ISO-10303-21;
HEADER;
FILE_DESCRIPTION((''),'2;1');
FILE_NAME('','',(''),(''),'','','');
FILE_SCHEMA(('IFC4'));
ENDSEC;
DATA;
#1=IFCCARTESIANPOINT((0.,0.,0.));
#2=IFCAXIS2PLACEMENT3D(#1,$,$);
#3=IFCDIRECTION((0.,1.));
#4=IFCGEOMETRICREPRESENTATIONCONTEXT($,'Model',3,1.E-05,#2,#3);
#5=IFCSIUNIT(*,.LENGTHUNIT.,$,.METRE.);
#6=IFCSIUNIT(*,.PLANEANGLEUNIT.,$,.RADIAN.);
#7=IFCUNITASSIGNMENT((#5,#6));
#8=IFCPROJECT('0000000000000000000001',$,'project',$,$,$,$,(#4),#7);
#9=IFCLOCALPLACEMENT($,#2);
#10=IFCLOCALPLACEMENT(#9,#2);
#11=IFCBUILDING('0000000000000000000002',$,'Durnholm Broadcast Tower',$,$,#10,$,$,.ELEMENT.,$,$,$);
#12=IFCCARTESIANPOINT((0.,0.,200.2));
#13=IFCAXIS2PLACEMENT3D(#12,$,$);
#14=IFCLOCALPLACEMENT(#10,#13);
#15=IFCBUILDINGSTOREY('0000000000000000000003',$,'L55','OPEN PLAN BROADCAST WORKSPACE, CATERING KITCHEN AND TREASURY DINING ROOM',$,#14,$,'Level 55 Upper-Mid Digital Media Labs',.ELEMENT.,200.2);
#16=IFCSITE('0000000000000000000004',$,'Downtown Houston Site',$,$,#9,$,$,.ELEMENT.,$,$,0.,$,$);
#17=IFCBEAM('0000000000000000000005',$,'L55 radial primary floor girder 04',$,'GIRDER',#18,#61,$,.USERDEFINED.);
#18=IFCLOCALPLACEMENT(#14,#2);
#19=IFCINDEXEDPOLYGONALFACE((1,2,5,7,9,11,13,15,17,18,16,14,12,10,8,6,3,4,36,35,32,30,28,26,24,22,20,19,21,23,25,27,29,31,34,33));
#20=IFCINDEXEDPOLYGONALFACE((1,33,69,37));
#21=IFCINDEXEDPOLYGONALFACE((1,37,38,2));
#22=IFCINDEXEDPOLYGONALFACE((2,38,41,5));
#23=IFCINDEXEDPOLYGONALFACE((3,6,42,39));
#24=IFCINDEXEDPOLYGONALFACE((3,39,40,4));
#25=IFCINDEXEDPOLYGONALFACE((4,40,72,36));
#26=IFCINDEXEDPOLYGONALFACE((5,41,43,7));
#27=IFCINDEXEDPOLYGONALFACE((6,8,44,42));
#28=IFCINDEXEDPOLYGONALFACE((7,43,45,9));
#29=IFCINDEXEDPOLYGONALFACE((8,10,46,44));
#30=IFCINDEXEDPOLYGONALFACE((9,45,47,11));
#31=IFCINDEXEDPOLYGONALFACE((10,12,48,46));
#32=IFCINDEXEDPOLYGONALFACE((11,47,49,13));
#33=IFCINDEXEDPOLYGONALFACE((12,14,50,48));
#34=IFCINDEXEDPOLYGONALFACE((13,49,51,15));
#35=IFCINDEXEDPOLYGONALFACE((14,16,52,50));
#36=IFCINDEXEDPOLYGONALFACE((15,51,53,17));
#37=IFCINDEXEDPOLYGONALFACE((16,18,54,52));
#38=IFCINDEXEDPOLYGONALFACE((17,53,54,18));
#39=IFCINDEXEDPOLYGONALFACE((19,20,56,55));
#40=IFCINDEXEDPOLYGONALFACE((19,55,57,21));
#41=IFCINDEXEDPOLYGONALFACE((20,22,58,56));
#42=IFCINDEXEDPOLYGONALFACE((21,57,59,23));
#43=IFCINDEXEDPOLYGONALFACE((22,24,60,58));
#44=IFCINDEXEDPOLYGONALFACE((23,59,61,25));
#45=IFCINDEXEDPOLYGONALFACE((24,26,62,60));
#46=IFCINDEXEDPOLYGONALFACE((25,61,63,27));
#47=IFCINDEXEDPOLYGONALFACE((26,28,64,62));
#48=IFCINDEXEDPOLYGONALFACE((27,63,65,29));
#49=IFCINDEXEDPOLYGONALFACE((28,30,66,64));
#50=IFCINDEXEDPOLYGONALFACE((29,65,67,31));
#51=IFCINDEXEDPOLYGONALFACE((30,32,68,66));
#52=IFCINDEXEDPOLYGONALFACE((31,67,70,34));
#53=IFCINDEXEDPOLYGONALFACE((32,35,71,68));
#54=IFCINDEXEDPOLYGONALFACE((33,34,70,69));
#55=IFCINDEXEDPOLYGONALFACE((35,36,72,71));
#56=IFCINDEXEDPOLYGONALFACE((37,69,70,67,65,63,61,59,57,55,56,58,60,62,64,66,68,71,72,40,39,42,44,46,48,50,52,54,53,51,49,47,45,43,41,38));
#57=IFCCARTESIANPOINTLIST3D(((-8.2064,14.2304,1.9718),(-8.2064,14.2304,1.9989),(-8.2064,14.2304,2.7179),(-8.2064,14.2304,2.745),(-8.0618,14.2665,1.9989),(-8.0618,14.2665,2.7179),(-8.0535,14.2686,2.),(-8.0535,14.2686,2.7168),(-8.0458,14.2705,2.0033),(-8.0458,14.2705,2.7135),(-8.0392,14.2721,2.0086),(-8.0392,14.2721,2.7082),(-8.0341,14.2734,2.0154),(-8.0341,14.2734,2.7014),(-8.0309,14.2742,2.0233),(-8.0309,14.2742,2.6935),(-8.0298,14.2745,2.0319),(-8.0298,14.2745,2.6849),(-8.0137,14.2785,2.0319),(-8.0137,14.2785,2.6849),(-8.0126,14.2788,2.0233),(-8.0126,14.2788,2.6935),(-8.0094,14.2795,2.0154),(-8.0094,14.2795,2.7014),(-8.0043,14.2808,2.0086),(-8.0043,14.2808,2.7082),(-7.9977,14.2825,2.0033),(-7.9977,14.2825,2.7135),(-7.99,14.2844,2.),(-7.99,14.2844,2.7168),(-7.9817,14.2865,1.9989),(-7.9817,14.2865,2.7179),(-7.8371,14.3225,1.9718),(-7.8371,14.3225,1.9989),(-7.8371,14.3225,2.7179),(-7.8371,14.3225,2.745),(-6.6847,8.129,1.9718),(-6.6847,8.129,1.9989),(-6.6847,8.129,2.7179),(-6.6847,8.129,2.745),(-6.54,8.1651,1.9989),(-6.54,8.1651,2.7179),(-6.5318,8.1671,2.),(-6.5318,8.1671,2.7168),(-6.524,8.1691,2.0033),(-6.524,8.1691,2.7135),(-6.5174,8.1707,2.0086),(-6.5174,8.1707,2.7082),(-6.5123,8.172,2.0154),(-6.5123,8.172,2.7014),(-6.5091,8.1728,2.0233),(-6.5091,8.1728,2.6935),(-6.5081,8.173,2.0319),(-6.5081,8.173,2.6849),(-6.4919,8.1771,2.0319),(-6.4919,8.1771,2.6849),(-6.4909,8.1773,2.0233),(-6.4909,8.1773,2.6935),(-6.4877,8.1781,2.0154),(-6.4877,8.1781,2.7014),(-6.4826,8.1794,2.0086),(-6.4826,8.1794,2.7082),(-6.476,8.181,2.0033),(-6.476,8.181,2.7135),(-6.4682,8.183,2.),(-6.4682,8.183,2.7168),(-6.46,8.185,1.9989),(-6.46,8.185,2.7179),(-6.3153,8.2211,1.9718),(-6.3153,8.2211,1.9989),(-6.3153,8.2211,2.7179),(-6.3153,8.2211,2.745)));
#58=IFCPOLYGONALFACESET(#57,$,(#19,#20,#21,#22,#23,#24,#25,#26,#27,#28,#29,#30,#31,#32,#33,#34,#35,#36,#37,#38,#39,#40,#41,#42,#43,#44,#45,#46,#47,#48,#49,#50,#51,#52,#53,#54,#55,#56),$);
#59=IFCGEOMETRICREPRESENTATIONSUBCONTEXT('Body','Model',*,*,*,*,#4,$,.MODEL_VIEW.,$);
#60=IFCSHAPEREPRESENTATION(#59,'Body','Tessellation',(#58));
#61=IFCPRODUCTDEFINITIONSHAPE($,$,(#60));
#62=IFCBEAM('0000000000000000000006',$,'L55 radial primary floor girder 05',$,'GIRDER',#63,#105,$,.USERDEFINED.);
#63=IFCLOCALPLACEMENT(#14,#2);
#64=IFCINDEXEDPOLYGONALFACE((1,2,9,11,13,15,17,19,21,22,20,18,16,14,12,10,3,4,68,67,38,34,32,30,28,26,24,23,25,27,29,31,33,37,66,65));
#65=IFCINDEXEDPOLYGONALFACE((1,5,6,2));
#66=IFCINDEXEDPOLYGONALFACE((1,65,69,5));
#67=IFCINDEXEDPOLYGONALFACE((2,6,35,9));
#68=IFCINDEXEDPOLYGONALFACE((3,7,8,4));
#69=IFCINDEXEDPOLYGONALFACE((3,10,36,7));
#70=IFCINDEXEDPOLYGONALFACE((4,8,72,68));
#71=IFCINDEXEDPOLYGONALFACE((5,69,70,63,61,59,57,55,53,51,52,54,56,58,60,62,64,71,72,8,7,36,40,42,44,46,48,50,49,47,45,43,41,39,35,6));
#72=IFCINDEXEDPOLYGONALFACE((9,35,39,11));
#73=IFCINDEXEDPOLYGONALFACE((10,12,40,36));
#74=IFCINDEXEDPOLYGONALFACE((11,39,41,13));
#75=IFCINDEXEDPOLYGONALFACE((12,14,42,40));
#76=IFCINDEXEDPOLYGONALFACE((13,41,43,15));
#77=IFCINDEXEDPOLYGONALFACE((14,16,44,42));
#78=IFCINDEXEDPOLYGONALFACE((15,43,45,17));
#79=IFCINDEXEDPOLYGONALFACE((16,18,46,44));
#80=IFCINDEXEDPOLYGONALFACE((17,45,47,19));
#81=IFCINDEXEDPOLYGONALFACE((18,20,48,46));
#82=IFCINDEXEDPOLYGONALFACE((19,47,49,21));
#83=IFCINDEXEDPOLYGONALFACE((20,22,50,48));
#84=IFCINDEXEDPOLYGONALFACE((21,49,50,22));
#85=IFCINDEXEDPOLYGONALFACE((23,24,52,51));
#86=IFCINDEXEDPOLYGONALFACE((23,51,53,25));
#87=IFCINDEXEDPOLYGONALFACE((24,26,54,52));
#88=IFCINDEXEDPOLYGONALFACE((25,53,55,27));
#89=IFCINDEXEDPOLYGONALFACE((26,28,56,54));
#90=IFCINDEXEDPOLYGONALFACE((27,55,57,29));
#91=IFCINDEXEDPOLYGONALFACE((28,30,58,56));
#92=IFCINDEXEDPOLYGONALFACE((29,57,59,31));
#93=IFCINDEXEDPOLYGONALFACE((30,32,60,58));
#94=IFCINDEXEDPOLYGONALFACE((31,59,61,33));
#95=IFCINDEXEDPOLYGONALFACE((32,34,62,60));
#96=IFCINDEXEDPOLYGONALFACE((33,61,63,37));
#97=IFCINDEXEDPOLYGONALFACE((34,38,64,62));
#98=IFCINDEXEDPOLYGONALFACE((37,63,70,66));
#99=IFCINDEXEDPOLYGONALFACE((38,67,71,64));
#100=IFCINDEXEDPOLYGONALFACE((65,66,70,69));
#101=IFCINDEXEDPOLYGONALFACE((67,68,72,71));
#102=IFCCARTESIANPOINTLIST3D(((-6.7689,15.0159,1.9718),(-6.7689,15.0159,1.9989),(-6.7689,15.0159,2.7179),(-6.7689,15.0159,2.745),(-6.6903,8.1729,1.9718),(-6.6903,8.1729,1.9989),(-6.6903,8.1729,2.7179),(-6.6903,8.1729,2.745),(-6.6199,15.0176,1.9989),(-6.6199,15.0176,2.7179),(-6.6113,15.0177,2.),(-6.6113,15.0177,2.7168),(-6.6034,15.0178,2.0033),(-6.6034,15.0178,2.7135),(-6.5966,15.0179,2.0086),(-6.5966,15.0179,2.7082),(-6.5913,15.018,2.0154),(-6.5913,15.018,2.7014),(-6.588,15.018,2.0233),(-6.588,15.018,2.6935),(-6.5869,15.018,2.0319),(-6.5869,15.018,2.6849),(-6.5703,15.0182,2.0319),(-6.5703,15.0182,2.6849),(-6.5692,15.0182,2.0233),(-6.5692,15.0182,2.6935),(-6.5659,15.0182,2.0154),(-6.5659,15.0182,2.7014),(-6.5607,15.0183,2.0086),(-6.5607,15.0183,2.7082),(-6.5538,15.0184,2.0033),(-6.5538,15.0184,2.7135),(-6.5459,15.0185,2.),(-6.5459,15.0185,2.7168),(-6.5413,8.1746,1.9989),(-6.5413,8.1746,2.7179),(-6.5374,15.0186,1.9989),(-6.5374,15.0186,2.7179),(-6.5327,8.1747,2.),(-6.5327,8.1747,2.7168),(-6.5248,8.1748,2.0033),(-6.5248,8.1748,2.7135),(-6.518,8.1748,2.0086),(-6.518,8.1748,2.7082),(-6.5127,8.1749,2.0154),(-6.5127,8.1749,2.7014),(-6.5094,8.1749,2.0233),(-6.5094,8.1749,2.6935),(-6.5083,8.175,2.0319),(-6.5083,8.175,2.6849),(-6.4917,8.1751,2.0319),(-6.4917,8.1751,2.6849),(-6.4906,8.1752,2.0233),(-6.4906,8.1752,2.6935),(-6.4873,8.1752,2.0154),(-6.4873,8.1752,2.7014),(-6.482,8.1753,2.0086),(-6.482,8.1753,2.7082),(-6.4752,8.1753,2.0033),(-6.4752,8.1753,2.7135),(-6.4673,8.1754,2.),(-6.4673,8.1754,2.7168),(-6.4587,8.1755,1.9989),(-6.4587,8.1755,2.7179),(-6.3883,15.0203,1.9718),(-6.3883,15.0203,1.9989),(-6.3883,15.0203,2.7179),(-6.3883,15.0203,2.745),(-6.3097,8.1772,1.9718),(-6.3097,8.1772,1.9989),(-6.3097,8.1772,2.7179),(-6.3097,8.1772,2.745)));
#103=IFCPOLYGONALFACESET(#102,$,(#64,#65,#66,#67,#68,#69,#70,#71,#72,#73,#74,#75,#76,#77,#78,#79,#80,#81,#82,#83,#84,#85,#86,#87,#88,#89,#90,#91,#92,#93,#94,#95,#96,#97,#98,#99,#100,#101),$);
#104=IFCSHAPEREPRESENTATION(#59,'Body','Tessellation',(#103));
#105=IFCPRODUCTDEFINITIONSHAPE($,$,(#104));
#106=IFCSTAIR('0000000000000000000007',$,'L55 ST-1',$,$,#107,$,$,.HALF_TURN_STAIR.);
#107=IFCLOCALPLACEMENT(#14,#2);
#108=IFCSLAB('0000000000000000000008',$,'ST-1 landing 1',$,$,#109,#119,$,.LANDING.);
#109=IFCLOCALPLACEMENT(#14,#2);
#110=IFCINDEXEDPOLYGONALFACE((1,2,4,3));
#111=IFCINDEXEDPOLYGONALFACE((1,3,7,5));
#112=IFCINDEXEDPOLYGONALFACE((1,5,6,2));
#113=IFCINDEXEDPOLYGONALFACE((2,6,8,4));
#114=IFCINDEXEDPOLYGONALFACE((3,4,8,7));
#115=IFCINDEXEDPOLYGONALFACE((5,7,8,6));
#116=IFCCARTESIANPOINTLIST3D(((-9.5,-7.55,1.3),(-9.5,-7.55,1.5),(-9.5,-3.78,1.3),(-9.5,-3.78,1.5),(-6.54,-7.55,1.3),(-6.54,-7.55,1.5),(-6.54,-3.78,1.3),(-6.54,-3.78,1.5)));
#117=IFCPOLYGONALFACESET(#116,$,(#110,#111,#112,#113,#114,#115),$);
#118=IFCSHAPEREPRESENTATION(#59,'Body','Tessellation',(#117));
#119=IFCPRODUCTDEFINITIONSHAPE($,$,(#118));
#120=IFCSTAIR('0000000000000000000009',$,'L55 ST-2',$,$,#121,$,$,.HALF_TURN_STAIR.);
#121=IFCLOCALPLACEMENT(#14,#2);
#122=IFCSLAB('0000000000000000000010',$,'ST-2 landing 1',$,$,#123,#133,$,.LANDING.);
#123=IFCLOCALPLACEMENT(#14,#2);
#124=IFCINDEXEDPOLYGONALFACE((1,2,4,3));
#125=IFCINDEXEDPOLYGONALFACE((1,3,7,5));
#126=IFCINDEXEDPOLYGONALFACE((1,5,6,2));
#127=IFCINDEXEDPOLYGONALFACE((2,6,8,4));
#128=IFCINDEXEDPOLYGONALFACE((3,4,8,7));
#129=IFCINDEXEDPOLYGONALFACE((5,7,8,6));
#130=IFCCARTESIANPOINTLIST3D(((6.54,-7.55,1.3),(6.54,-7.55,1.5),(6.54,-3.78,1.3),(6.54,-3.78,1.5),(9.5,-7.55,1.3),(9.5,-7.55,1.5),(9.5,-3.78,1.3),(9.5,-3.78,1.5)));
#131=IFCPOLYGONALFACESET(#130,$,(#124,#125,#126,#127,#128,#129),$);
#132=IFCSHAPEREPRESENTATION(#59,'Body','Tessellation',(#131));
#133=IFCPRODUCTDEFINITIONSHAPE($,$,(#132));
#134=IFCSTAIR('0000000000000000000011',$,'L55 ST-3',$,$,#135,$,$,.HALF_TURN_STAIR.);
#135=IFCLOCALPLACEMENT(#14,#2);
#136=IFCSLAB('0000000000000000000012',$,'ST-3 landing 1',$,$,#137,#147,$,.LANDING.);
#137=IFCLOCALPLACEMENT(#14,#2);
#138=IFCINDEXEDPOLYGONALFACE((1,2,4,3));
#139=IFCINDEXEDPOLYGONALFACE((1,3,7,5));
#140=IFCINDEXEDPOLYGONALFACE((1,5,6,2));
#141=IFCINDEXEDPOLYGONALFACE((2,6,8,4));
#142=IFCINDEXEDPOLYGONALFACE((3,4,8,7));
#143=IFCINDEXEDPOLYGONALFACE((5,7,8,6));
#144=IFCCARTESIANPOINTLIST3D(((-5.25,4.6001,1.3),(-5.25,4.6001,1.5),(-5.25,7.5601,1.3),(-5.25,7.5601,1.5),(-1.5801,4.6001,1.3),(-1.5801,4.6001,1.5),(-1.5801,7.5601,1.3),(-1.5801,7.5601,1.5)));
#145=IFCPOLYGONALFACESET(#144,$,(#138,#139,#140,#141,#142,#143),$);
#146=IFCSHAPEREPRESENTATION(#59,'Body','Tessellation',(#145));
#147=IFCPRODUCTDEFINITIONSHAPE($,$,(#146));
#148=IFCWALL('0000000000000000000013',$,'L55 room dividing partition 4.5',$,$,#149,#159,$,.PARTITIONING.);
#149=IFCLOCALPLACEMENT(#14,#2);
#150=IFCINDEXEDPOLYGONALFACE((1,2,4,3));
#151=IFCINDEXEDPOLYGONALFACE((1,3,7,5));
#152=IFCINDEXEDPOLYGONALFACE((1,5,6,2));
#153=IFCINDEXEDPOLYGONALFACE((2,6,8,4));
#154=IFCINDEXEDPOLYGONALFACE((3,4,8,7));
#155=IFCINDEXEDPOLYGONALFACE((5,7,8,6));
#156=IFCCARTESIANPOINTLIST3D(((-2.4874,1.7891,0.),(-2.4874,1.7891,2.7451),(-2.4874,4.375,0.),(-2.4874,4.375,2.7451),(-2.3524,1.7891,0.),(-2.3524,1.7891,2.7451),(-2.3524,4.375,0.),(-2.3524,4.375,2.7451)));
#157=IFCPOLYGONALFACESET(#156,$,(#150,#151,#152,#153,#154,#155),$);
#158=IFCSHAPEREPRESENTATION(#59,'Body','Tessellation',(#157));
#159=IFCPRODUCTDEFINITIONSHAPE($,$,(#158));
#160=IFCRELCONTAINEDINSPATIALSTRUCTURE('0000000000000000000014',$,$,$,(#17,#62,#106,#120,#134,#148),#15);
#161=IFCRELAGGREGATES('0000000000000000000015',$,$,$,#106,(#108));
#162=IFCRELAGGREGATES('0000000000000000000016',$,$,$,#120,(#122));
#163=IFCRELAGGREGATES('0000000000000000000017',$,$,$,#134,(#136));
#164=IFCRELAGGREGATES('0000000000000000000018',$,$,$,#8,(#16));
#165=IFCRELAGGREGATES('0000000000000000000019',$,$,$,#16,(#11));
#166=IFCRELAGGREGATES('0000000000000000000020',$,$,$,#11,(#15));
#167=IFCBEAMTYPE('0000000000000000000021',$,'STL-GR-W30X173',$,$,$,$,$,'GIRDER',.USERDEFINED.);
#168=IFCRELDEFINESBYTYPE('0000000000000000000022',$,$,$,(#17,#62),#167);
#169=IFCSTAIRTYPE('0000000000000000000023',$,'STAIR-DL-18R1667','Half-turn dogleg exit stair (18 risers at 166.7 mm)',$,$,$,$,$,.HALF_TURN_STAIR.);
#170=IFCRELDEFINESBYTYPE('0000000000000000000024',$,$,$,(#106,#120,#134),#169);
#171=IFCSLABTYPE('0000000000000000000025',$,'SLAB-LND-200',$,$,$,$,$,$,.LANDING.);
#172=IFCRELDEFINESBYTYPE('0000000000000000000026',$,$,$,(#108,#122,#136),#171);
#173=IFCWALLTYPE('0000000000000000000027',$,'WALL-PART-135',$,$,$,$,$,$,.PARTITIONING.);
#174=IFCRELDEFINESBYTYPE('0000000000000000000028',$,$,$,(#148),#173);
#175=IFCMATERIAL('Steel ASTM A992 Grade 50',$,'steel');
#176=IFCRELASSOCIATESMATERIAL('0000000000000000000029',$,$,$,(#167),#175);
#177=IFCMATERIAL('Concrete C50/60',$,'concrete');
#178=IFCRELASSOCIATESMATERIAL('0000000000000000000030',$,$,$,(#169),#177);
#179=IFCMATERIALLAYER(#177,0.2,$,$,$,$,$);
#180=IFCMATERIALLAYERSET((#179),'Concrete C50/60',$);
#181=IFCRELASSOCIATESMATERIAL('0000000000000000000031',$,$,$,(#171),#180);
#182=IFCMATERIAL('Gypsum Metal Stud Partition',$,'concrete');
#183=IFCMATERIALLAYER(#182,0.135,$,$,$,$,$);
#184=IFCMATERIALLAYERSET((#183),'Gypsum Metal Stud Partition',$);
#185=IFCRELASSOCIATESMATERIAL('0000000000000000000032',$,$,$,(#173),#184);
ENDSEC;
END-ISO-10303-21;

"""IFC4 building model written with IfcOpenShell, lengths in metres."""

from ifc_helpers import new_model, si_unit, direction, frame, frame_2d, origin, origin_2d, place, context, subcontext, project, spatial, polyline, rectangle, i_section, outline, extrude, source, transform, mapped, material, layer, layer_set, material_profile, profile_set, type_object, type_shapes, element, aggregate, save


model = new_model("IFC4")

# Units and contexts
model_context = context("Model", 3, precision=1e-05, world=origin(), true_north=direction((0.0, 1.0)))
body_context = subcontext(model_context, "Body", "Model", "MODEL_VIEW")
ifc_project = project(units=[si_unit("LENGTHUNIT", "METRE"), si_unit("PLANEANGLEUNIT", "RADIAN")], contexts=[model_context])

# Site, building, storey
site_placement = place(None, origin())
site = spatial("IfcSite", under=ifc_project, at=site_placement, Name="Downtown Houston Site", CompositionType="ELEMENT", RefElevation=0.0)
building_placement = place(site_placement, origin())
building = spatial("IfcBuilding", under=site, at=building_placement, Name="Durnholm Broadcast Tower", CompositionType="ELEMENT")
storey_placement = place(building_placement, frame((0.0, 0.0, 200.2)))
storey = spatial("IfcBuildingStorey", under=building, at=storey_placement, Name="L55", Description="OPEN PLAN BROADCAST WORKSPACE, CATERING KITCHEN AND TREASURY DINING ROOM", LongName="Level 55 Upper-Mid Digital Media Labs", CompositionType="ELEMENT", Elevation=200.2)

# Beams
ifc_material_1 = material(Name="Steel ASTM A992 Grade 50", Category="steel")
ifc_material_profile = material_profile(ifc_material_1, i_section(OverallWidth=0.3806, OverallDepth=0.7732, WebThickness=0.0166, FlangeThickness=0.0271, FilletRadius=0.033, at=origin_2d()), Name="W30X173")
ifc_profile_set = profile_set([ifc_material_profile], Name="Steel ASTM A992 Grade 50")
beam_type = type_object("IfcBeamType", Name="STL-GR-W30X173", ElementType="GIRDER", PredefinedType="USERDEFINED", material=ifc_profile_set)
shared_shape_1 = source(origin(), body_context, "Body", "SweptSolid", [
    extrude(i_section(OverallWidth=0.3806, OverallDepth=0.7732, WebThickness=0.0166, FlangeThickness=0.0271, FilletRadius=0.033, at=origin_2d()), origin(), (0.0, 0.0, 1.0), 6.2883),
])
beam_1_placement = place(storey_placement, frame((-6.5, 8.175, 2.3584), z_axis=(-0.241997, 0.970277, 0.0), x_axis=(-0.970277, -0.241997, 0.0)))
element("IfcBeam", 1, at=beam_1_placement, inside=storey, type_object=beam_type, Name="L55 radial primary floor girder 04", ObjectType="GIRDER", PredefinedType="USERDEFINED", context=body_context, shape_type="MappedRepresentation", body=[
    mapped(shared_shape_1, transform((0.0, 0.0, 0.0), x_axis=(1.0, 0.0, 0.0), y_axis=(0.0, 1.0, 0.0), z_axis=(0.0, 0.0, 1.0), scale=1.0)),
])
shared_shape_2 = source(origin(), body_context, "Body", "SweptSolid", [
    extrude(i_section(OverallWidth=0.3806, OverallDepth=0.7732, WebThickness=0.0166, FlangeThickness=0.0271, FilletRadius=0.033, at=origin_2d()), origin(), (0.0, 0.0, 1.0), 6.8435),
])
type_shapes(beam_type, [shared_shape_1, shared_shape_2])
beam_2_placement = place(storey_placement, frame((-6.5, 8.175, 2.3584), z_axis=(-0.011487, 0.999934, 0.0), x_axis=(-0.999934, -0.011487, 0.0)))
element("IfcBeam", 2, at=beam_2_placement, inside=storey, type_object=beam_type, Name="L55 radial primary floor girder 05", ObjectType="GIRDER", PredefinedType="USERDEFINED", context=body_context, shape_type="MappedRepresentation", body=[
    mapped(shared_shape_2, transform((0.0, 0.0, 0.0), x_axis=(1.0, 0.0, 0.0), y_axis=(0.0, 1.0, 0.0), z_axis=(0.0, 0.0, 1.0), scale=1.0)),
])

# Stairs, slabs
ifc_material_2 = material(Name="Concrete C50/60", Category="concrete")
stair_type = type_object("IfcStairType", Name="STAIR-DL-18R1667", Description="Half-turn dogleg exit stair (18 risers at 166.7 mm)", PredefinedType="HALF_TURN_STAIR", material=ifc_material_2)
stair_1_placement = place(storey_placement, origin())
stair_1 = element("IfcStair", 3, at=stair_1_placement, inside=storey, type_object=stair_type, Name="L55 ST-1", PredefinedType="HALF_TURN_STAIR")
ifc_layer_1 = layer(ifc_material_2, 0.2)
ifc_layer_set_1 = layer_set([ifc_layer_1], Name="Concrete C50/60")
slab_type = type_object("IfcSlabType", Name="SLAB-LND-200", PredefinedType="LANDING", material=ifc_layer_set_1)
slab_1_placement = place(storey_placement, frame((0.0, 0.0, 1.3)))
slab_1 = element("IfcSlab", 4, at=slab_1_placement, type_object=slab_type, Name="ST-1 landing 1", PredefinedType="LANDING", context=body_context, shape_type="SweptSolid", body=[
    extrude(outline(polyline([(-9.5, -3.78), (-9.5, -7.55), (-6.54, -7.55), (-6.54, -3.78), (-9.5, -3.78)])), origin(), (0.0, 0.0, 1.0), 0.2),
])
aggregate(stair_1, [slab_1])
stair_2_placement = place(storey_placement, origin())
stair_2 = element("IfcStair", 5, at=stair_2_placement, inside=storey, type_object=stair_type, Name="L55 ST-2", PredefinedType="HALF_TURN_STAIR")
slab_2_placement = place(storey_placement, frame((0.0, 0.0, 1.3)))
slab_2 = element("IfcSlab", 6, at=slab_2_placement, type_object=slab_type, Name="ST-2 landing 1", PredefinedType="LANDING", context=body_context, shape_type="SweptSolid", body=[
    extrude(outline(polyline([(6.54, -3.78), (6.54, -7.55), (9.5, -7.55), (9.5, -3.78), (6.54, -3.78)])), origin(), (0.0, 0.0, 1.0), 0.2),
])
aggregate(stair_2, [slab_2])
stair_3_placement = place(storey_placement, origin())
stair_3 = element("IfcStair", 7, at=stair_3_placement, inside=storey, type_object=stair_type, Name="L55 ST-3", PredefinedType="HALF_TURN_STAIR")
slab_3_placement = place(storey_placement, frame((0.0, 0.0, 1.3)))
slab_3 = element("IfcSlab", 8, at=slab_3_placement, type_object=slab_type, Name="ST-3 landing 1", PredefinedType="LANDING", context=body_context, shape_type="SweptSolid", body=[
    extrude(outline(polyline([(-1.5801, 7.5601), (-5.25, 7.5601), (-5.25, 4.6001), (-1.5801, 4.6001), (-1.5801, 7.5601)])), origin(), (0.0, 0.0, 1.0), 0.2),
])

# Wall
ifc_material_3 = material(Name="Gypsum Metal Stud Partition", Category="concrete")
ifc_layer_2 = layer(ifc_material_3, 0.135)
ifc_layer_set_2 = layer_set([ifc_layer_2], Name="Gypsum Metal Stud Partition")
wall_type_1 = type_object("IfcWallType", Name="WALL-PART-135", PredefinedType="PARTITIONING", material=ifc_layer_set_2)
wall_1_placement = place(storey_placement, frame((-2.4199, 4.375, 0.0), z_axis=(0.0, 0.0, 1.0), x_axis=(0.0, -1.0, 0.0)))
element("IfcWall", 9, at=wall_1_placement, inside=storey, type_object=wall_type_1, Name="L55 room dividing partition 4.5", PredefinedType="PARTITIONING", context=body_context, shape_type="SweptSolid", body=[
    extrude(rectangle(XDim=2.5859, YDim=0.135, at=frame_2d((1.293, 0.0))), origin(), (0.0, 0.0, 1.0), 2.7451),
])

aggregate(stair_3, [slab_3])

save(model, "model.ifc")
